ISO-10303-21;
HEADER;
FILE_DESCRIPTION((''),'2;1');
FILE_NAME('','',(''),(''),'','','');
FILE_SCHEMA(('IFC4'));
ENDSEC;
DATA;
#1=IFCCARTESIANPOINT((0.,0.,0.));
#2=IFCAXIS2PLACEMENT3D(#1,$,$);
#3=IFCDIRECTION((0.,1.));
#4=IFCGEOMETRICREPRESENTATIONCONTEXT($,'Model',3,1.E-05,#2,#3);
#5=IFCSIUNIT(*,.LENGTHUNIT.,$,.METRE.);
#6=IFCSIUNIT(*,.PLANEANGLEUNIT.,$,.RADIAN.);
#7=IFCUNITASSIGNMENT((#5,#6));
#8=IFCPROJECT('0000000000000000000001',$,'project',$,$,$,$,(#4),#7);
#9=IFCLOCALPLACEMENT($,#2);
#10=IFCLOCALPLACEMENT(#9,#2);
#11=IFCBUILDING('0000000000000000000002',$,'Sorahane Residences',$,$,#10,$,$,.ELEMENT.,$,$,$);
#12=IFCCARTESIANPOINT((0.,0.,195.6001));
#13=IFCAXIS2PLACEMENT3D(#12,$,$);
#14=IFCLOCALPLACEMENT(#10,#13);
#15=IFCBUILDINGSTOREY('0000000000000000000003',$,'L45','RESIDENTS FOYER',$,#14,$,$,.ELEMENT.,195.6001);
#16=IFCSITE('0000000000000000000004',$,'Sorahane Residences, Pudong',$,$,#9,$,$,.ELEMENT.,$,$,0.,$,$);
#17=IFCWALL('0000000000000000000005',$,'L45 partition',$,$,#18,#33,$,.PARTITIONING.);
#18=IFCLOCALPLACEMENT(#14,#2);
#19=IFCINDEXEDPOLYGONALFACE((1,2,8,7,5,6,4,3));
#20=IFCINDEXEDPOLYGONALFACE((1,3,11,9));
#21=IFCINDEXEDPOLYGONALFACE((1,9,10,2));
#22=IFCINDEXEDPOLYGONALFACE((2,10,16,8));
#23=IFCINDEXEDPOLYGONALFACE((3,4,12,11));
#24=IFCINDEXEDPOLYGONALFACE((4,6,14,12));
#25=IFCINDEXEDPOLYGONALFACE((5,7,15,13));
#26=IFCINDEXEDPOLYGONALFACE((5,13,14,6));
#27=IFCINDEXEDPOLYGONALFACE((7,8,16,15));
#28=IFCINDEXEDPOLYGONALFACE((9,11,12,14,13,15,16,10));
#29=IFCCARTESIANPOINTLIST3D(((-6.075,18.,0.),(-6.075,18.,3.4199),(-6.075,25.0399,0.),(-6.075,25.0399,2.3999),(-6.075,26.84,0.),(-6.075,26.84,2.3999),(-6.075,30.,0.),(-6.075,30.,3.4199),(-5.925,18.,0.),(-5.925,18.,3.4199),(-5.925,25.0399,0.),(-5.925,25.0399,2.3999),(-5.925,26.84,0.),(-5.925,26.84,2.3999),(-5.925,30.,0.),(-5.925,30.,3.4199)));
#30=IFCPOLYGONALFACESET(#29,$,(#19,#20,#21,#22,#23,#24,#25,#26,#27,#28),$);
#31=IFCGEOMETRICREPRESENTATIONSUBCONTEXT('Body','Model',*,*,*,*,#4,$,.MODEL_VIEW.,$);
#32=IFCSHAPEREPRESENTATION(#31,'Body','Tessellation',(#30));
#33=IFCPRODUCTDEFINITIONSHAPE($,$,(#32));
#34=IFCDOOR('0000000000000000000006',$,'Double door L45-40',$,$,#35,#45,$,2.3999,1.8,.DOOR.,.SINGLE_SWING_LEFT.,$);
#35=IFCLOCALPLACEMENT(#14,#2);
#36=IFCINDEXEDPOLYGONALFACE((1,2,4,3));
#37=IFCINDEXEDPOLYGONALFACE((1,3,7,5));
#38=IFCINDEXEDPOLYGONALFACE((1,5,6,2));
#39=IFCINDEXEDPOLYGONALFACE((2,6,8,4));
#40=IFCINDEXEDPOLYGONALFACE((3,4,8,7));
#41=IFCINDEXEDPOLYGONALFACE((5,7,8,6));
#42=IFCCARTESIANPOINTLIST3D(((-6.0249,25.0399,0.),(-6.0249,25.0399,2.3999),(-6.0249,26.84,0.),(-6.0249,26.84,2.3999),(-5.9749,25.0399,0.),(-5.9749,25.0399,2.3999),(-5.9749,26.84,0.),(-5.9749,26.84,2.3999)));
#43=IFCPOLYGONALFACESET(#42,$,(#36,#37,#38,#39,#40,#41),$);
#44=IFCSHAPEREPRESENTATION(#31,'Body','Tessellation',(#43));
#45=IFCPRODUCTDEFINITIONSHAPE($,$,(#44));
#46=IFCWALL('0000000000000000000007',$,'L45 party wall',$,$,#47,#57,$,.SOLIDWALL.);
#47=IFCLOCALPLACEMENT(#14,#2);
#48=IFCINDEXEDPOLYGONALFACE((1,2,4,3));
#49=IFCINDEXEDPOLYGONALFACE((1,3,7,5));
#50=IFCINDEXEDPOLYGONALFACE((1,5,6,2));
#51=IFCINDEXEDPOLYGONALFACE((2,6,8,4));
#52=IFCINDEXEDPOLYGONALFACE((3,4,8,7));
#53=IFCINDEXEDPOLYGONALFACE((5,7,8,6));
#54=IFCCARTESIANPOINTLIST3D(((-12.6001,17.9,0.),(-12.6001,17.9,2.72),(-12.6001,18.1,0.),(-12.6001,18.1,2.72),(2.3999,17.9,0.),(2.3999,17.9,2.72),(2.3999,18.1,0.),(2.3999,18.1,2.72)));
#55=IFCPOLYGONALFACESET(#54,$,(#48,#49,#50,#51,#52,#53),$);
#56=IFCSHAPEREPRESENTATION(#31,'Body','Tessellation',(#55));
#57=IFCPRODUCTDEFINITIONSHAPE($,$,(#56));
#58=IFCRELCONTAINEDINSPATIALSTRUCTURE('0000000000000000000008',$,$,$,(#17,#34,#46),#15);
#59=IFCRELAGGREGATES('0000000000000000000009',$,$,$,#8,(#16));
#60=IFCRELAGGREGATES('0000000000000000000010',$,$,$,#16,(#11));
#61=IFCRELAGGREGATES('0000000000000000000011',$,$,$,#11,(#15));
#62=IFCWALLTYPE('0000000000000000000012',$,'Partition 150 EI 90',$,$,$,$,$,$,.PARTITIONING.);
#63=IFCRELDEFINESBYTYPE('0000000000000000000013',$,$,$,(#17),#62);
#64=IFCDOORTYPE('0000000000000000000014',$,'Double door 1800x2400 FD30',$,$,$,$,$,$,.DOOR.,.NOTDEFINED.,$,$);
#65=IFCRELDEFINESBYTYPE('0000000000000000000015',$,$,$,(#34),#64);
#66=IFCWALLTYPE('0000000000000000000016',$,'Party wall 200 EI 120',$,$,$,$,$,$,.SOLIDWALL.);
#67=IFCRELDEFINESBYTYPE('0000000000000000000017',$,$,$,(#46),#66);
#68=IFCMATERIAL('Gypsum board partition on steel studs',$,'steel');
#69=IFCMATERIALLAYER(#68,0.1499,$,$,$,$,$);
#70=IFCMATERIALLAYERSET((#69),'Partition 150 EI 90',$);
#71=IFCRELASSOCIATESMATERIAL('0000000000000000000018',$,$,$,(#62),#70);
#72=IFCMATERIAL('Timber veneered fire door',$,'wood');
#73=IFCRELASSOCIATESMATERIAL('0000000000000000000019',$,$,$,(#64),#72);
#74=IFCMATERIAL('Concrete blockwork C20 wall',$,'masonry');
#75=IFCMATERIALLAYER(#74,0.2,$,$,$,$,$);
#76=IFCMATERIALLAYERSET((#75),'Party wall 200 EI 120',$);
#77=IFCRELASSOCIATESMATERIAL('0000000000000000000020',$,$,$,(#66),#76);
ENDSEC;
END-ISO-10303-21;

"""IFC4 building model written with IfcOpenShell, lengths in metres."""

from ifc_helpers import new_model, si_unit, direction, frame, frame_2d, origin, place, context, subcontext, project, spatial, rectangle, extrude, material, layer, layer_set, type_object, element, fill, save


model = new_model("IFC4")

# Units and contexts
model_context = context("Model", 3, precision=1e-05, world=origin(), true_north=direction((0.0, 1.0)))
body_context = subcontext(model_context, "Body", "Model", "MODEL_VIEW")
ifc_project = project(units=[si_unit("LENGTHUNIT", "METRE"), si_unit("PLANEANGLEUNIT", "RADIAN")], contexts=[model_context])

# Site, building, storey
site_placement = place(None, origin())
site = spatial("IfcSite", under=ifc_project, at=site_placement, Name="Sorahane Residences, Pudong", CompositionType="ELEMENT", RefElevation=0.0)
building_placement = place(site_placement, origin())
building = spatial("IfcBuilding", under=site, at=building_placement, Name="Sorahane Residences", CompositionType="ELEMENT")
storey_placement = place(building_placement, frame((0.0, 0.0, 195.6001)))
storey = spatial("IfcBuildingStorey", under=building, at=storey_placement, Name="L45", Description="RESIDENTS FOYER", CompositionType="ELEMENT", Elevation=195.6001)

# Shared definitions
ifc_material_1 = material(Name="Gypsum board partition on steel studs", Category="steel")
ifc_layer_1 = layer(ifc_material_1, 0.1499)
ifc_layer_set_1 = layer_set([ifc_layer_1], Name="Partition 150 EI 90")
wall_type_1 = type_object("IfcWallType", Name="Partition 150 EI 90", PredefinedType="PARTITIONING", material=ifc_layer_set_1)

# Wall, opening, door
ifc_material_2 = material(Name="Timber veneered fire door", Category="wood")
door_type_1 = type_object("IfcDoorType", Name="Double door 1800x2400 FD30", OperationType="NOTDEFINED", PredefinedType="DOOR", material=ifc_material_2)
wall_1_placement = place(storey_placement, frame((-6.0, 18.0, 0.0), z_axis=(0.0, 0.0, 1.0), x_axis=(0.0, 1.0, 0.0)))
wall_1 = element("IfcWall", 1, at=wall_1_placement, inside=storey, type_object=wall_type_1, Name="L45 partition", PredefinedType="PARTITIONING", context=body_context, shape_type="SweptSolid", body=[
    extrude(rectangle(XDim=12.0, YDim=0.1499, at=frame_2d((6.0, 0.0))), origin(), (0.0, 0.0, 1.0), 3.4199),
])
opening_1_placement = place(wall_1_placement, frame((7.04, 0.0, 0.0)))
opening_1 = element("IfcOpeningElement", 2, at=opening_1_placement, cuts=wall_1, PredefinedType="OPENING", context=body_context, shape_type="SweptSolid", body=[
    extrude(rectangle(XDim=1.8, YDim=2.3999, at=frame_2d((0.8999, 1.2))), frame((0.0, 0.085, 0.0), z_axis=(0.0, -1.0, 0.0), x_axis=(1.0, 0.0, 0.0)), (0.0, 0.0, 1.0), 0.1699),
])
door_1_placement = place(opening_1_placement, origin())
door_1 = element("IfcDoor", 3, at=door_1_placement, inside=storey, type_object=door_type_1, Name="Double door L45-40", OperationType="SINGLE_SWING_LEFT", OverallHeight=2.3999, OverallWidth=1.8, PredefinedType="DOOR", context=body_context, shape_type="SweptSolid", body=[
    extrude(rectangle(XDim=1.8, YDim=2.3999, at=frame_2d((0.8999, 1.2))), frame((0.0, 0.0249, 0.0), z_axis=(0.0, -1.0, 0.0), x_axis=(1.0, 0.0, 0.0)), (0.0, 0.0, 1.0), 0.05),
])
fill(opening_1, door_1)

# Wall
ifc_material_3 = material(Name="Concrete blockwork C20 wall", Category="masonry")
ifc_layer_2 = layer(ifc_material_3, 0.2)
ifc_layer_set_2 = layer_set([ifc_layer_2], Name="Party wall 200 EI 120")
wall_type_2 = type_object("IfcWallType", Name="Party wall 200 EI 120", PredefinedType="SOLIDWALL", material=ifc_layer_set_2)
wall_2_placement = place(storey_placement, frame((-12.6001, 18.0, 0.0), z_axis=(0.0, 0.0, 1.0), x_axis=(1.0, 0.0, 0.0)))
element("IfcWall", 4, at=wall_2_placement, inside=storey, type_object=wall_type_2, Name="L45 party wall", PredefinedType="SOLIDWALL", context=body_context, shape_type="SweptSolid", body=[
    extrude(rectangle(XDim=15.0, YDim=0.2, at=frame_2d((7.5, 0.0))), origin(), (0.0, 0.0, 1.0), 2.72),
])

save(model, "model.ifc")
